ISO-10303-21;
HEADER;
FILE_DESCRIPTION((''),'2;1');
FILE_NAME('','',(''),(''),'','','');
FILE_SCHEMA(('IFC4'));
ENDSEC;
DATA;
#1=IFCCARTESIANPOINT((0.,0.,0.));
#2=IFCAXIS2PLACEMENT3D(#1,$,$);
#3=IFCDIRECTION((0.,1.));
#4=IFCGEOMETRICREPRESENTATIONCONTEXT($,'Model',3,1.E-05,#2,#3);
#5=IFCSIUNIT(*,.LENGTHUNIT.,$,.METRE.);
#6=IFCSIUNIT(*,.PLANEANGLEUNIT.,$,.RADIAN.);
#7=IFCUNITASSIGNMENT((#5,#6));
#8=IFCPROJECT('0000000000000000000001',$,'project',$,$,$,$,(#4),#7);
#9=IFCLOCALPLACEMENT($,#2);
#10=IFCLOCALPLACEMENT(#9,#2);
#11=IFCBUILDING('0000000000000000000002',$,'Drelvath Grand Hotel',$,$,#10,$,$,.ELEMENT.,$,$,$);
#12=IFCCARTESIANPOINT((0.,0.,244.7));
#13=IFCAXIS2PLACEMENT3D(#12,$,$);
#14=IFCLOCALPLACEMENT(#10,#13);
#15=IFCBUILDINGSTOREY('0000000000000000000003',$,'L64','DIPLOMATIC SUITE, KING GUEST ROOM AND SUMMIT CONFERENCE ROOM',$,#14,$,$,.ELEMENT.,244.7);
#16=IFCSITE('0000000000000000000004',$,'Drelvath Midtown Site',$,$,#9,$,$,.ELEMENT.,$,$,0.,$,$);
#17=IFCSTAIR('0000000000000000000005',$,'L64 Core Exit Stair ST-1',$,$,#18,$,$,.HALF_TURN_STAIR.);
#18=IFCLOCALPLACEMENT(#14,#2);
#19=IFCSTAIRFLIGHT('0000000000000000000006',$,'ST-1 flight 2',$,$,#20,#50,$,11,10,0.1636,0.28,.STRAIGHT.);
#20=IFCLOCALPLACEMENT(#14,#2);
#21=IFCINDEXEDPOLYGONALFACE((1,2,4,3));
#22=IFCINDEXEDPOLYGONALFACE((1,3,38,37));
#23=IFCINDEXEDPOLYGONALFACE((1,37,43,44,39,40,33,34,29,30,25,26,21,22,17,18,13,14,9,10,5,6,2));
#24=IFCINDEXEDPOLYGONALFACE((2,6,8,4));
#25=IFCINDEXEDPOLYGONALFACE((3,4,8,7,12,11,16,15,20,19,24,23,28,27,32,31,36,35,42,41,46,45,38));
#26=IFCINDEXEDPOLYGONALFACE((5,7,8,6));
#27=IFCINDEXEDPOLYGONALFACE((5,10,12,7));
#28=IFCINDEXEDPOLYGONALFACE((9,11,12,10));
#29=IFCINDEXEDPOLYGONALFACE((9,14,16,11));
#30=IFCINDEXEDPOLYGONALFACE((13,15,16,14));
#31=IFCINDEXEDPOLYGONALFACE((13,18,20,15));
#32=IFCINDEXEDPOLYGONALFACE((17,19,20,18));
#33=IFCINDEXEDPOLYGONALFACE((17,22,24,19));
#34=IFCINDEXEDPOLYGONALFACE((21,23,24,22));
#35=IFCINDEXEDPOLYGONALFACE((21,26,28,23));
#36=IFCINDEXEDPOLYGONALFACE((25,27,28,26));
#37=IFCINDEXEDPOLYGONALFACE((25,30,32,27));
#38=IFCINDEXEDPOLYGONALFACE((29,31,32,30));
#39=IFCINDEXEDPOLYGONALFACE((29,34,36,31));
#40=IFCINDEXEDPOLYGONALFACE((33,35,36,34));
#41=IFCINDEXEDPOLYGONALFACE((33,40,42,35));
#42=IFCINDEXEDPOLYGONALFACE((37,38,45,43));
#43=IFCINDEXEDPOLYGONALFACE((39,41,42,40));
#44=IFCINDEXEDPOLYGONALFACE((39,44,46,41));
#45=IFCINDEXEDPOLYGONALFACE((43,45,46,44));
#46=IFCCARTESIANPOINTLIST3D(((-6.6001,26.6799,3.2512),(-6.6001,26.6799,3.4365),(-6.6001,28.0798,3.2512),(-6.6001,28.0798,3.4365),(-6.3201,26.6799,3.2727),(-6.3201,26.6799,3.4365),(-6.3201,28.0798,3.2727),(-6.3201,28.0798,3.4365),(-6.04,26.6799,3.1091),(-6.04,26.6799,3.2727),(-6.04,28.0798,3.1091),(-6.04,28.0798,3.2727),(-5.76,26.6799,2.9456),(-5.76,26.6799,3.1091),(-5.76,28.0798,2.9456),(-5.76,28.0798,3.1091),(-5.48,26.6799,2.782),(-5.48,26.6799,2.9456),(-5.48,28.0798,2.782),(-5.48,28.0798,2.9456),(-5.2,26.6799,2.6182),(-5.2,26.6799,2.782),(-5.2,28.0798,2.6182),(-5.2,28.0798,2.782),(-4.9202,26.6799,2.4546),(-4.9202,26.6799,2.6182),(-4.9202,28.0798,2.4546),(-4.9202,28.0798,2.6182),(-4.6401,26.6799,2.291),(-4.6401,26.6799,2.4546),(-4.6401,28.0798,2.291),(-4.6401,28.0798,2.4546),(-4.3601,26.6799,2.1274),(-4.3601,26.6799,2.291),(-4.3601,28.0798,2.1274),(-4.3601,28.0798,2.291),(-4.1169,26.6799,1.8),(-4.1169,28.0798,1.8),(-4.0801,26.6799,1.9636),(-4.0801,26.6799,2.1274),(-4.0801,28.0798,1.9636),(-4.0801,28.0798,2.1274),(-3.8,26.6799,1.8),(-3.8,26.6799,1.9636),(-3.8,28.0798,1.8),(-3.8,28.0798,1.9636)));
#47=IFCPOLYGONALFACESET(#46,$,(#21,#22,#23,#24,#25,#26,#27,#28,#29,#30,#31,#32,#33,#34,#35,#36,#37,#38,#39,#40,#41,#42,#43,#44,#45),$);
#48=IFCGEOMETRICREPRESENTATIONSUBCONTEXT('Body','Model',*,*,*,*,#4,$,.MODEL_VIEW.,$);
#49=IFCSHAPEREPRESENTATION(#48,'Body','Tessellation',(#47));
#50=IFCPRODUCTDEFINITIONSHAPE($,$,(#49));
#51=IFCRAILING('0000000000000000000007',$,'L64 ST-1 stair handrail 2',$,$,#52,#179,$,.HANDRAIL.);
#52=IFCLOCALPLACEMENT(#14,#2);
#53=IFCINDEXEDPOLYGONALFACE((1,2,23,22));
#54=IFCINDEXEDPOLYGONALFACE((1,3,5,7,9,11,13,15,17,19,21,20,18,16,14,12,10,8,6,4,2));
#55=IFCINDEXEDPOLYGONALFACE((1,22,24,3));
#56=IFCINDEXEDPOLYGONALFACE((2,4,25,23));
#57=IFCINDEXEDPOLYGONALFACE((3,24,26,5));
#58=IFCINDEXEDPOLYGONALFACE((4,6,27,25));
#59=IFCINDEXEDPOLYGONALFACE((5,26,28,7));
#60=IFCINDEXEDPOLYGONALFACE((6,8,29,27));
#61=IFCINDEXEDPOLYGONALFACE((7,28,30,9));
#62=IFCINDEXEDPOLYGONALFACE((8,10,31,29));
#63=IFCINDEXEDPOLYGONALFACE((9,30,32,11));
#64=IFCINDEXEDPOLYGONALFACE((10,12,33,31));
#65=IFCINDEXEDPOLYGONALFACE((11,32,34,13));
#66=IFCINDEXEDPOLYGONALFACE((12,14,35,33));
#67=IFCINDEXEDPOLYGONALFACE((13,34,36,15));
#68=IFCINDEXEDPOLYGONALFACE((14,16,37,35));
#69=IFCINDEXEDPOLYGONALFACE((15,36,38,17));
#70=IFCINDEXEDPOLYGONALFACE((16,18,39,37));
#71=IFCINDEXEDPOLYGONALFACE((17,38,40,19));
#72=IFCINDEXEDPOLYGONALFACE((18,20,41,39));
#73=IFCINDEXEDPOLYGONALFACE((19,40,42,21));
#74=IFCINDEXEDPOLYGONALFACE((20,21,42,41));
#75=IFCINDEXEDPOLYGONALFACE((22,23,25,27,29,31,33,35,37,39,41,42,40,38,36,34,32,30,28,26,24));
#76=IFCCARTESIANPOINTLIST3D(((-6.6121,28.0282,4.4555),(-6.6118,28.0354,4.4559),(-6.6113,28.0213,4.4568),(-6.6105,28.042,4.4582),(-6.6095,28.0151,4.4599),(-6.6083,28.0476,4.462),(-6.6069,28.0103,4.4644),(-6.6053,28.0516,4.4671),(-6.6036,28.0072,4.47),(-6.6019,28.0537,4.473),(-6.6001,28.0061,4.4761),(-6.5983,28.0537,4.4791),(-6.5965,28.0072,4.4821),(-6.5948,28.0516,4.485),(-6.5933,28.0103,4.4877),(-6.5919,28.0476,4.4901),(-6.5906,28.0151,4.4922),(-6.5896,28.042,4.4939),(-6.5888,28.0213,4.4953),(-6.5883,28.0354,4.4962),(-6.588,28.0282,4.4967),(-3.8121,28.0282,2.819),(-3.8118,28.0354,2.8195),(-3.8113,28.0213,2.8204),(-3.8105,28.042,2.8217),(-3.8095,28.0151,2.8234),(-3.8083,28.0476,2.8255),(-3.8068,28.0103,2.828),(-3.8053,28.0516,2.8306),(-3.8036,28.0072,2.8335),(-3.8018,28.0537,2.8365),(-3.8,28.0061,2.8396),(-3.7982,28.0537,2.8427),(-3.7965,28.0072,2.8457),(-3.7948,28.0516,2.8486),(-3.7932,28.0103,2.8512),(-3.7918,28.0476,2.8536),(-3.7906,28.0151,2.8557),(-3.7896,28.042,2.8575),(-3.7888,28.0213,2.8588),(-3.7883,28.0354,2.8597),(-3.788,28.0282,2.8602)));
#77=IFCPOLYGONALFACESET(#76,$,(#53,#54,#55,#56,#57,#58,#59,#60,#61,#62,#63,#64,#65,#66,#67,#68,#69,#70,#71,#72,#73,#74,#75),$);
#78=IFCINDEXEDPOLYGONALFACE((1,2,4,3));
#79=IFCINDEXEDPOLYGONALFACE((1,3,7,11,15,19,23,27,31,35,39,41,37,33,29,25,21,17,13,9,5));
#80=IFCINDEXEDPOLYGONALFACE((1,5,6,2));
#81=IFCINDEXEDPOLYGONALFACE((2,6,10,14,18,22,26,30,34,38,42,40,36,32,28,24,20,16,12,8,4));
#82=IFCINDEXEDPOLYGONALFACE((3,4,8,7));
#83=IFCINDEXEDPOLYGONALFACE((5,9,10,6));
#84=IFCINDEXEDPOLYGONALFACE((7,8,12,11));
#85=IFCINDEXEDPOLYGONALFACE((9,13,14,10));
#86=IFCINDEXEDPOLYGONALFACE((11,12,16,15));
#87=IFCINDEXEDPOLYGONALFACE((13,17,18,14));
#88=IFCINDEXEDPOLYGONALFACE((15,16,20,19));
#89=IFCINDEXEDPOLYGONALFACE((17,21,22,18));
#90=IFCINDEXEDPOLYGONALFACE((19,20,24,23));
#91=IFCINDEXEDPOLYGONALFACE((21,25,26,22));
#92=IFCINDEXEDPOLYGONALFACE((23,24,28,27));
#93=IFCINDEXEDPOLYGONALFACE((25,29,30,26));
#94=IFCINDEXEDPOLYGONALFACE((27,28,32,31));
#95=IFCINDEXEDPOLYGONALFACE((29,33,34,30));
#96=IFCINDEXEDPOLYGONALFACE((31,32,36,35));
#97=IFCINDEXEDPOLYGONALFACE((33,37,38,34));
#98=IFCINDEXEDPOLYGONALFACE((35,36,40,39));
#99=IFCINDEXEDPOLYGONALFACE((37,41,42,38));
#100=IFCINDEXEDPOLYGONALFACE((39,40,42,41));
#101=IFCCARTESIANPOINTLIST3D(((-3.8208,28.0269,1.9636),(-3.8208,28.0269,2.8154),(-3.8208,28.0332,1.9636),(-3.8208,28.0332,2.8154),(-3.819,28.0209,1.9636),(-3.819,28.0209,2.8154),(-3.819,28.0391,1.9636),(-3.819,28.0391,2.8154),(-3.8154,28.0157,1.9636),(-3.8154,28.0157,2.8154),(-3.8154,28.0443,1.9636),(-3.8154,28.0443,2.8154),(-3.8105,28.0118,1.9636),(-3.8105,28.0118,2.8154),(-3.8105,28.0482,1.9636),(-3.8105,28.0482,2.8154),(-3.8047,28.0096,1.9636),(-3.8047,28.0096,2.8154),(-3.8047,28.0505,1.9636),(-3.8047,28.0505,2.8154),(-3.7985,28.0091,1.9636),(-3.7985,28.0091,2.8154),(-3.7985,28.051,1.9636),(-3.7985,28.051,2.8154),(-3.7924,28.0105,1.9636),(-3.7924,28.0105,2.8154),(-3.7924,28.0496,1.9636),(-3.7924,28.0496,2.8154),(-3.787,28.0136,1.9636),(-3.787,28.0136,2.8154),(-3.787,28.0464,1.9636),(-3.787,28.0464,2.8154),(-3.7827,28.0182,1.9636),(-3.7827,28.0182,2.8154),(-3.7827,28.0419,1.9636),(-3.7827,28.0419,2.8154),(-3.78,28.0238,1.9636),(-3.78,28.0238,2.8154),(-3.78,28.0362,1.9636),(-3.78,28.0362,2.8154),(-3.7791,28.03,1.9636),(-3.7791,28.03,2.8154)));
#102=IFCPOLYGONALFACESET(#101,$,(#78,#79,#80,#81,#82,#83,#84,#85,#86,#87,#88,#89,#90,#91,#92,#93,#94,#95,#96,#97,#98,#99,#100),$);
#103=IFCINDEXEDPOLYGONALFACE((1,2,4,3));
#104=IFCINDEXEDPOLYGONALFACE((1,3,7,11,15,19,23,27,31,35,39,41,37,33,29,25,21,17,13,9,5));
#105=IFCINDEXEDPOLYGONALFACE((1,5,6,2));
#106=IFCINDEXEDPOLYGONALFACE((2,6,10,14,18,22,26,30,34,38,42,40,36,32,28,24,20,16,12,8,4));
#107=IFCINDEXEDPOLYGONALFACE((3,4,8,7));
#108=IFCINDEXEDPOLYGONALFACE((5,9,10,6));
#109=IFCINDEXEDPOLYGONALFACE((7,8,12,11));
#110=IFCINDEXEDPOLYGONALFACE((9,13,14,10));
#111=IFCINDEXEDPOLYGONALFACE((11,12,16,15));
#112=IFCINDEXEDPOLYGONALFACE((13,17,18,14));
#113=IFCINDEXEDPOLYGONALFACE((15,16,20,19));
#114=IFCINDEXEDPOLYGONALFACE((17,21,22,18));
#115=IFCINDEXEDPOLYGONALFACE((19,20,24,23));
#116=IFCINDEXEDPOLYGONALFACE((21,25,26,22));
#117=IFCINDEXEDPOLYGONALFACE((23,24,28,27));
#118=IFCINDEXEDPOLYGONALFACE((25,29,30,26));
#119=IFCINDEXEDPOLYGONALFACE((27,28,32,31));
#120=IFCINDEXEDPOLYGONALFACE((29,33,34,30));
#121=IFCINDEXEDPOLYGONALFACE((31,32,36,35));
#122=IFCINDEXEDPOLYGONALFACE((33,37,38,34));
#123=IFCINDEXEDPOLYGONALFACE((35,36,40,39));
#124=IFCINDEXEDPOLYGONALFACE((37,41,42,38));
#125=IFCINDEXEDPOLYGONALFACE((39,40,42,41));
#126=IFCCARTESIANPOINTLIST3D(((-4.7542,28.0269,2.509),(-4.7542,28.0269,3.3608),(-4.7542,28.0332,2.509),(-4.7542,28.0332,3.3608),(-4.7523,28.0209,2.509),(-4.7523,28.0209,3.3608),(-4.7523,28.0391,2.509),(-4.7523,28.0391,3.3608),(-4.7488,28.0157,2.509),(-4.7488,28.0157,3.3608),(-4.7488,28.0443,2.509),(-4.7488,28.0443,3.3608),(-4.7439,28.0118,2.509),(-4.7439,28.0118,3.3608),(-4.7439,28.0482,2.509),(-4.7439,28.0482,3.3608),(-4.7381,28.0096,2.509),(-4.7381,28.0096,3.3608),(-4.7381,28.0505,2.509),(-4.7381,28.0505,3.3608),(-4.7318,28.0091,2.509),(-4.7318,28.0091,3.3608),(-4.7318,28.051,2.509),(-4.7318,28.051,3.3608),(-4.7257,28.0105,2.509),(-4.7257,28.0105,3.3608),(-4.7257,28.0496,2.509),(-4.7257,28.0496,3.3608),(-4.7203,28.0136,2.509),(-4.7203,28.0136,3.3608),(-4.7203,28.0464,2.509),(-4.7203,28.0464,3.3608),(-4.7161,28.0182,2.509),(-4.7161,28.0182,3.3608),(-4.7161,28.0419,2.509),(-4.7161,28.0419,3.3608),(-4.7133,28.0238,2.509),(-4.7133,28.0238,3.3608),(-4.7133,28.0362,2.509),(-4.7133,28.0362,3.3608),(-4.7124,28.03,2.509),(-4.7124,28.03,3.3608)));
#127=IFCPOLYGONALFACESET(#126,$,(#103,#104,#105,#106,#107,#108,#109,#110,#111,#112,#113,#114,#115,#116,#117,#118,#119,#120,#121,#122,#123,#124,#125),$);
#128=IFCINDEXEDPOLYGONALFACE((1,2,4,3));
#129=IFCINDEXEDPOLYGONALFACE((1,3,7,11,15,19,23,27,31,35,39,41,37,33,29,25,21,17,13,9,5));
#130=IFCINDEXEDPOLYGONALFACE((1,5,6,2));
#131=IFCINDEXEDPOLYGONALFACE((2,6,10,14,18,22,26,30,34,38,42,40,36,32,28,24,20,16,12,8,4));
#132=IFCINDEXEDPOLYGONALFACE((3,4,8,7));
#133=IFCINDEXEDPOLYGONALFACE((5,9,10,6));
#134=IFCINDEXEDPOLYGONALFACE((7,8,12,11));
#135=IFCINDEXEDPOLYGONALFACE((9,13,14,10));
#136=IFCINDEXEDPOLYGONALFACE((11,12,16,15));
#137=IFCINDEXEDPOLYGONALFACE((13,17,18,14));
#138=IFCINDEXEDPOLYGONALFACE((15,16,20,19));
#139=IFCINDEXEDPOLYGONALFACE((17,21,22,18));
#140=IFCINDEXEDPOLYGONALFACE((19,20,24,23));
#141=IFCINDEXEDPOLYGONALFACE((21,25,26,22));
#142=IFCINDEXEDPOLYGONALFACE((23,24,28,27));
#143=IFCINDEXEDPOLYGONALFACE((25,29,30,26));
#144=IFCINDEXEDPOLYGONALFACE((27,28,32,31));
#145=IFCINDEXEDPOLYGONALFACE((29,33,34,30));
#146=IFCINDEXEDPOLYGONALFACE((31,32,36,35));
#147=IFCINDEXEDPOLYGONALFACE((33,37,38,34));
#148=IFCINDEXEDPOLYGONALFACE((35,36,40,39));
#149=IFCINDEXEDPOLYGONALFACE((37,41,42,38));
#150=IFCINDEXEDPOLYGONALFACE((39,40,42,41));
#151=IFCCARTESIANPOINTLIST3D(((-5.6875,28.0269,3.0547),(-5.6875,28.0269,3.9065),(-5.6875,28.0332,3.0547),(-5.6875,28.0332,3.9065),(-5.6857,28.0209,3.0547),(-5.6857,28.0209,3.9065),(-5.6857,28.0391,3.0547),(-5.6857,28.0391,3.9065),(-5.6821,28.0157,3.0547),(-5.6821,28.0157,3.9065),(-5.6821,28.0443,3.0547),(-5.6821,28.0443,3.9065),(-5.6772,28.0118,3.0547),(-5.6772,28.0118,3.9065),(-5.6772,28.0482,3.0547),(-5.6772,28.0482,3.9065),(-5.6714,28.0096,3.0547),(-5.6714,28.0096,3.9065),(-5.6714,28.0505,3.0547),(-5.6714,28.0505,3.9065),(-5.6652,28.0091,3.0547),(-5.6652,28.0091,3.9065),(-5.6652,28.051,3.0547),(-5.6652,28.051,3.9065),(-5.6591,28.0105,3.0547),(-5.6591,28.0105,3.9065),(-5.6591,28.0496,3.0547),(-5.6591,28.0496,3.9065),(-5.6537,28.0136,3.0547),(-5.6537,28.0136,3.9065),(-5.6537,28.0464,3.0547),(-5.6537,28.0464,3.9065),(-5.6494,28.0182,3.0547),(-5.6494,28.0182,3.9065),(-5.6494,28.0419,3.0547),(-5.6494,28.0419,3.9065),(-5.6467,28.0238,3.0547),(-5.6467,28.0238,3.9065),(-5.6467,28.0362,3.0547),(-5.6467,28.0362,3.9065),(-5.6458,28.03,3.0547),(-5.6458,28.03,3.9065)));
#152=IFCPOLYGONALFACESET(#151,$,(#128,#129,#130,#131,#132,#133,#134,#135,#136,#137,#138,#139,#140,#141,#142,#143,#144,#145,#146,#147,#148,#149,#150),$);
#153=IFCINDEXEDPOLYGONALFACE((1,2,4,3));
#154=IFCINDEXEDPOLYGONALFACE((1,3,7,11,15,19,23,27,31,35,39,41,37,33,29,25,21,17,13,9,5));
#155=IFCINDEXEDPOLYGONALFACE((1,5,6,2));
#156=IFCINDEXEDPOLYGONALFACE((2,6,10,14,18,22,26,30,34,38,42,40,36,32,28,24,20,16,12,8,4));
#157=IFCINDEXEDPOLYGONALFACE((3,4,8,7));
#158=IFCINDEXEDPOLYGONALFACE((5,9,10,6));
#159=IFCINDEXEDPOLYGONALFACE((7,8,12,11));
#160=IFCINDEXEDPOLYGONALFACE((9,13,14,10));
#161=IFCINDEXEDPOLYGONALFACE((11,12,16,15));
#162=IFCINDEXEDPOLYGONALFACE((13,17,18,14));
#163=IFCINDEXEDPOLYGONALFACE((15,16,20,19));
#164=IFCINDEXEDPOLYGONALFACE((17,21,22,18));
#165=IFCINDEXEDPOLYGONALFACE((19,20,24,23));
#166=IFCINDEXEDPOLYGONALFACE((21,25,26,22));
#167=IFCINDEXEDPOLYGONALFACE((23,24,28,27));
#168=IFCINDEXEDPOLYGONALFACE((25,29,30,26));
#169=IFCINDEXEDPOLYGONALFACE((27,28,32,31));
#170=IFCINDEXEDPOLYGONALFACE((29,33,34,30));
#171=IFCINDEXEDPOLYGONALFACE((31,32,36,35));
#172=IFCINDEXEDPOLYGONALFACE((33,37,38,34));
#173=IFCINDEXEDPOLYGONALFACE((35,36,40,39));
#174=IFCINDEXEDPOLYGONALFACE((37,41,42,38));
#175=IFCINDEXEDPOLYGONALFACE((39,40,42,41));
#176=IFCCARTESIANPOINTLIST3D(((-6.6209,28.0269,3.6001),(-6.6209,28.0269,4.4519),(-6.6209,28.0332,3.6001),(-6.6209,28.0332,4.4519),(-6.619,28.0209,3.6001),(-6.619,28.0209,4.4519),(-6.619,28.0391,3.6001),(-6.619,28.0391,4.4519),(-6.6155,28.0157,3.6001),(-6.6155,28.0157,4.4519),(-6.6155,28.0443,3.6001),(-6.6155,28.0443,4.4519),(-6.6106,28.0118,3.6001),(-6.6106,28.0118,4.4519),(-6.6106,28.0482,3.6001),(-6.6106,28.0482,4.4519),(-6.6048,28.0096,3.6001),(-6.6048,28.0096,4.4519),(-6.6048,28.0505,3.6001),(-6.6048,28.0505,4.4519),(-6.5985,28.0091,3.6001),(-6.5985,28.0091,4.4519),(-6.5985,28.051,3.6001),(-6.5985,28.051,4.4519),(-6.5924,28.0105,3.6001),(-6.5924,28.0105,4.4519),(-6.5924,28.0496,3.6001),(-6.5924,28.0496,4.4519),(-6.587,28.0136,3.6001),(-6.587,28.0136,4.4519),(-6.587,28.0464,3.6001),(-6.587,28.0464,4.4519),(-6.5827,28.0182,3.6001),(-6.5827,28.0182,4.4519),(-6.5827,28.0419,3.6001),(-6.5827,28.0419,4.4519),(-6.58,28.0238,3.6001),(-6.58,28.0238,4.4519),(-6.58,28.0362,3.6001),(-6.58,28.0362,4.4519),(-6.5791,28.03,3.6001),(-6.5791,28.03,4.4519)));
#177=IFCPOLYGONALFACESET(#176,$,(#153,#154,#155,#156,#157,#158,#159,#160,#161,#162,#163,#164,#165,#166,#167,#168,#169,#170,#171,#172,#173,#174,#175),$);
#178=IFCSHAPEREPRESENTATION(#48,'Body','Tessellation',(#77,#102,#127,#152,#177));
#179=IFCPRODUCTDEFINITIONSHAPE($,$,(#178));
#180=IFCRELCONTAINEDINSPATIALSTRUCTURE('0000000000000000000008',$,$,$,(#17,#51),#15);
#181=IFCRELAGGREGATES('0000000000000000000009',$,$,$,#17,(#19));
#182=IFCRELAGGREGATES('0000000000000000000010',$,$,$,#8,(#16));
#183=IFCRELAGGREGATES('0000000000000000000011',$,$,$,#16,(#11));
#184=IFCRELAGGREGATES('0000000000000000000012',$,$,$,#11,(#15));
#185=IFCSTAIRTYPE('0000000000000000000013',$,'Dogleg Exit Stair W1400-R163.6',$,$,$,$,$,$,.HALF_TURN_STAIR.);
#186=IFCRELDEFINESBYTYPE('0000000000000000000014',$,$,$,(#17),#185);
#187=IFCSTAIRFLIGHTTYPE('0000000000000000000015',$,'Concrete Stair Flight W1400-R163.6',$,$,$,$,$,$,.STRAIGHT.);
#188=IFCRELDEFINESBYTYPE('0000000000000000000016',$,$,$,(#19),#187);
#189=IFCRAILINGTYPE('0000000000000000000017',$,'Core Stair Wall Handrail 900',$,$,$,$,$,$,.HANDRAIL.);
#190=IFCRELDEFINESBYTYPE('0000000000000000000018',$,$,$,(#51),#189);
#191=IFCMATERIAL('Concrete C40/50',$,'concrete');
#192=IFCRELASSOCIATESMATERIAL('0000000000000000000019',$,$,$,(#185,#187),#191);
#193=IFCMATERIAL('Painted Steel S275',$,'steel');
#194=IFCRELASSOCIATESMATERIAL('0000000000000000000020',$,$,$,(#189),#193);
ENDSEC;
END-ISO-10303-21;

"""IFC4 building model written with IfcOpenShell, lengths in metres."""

from ifc_helpers import new_model, si_unit, direction, frame, origin, origin_2d, place, context, subcontext, project, spatial, polyline, circle, outline, extrude, material, type_object, element, aggregate, save


model = new_model("IFC4")

# Units and contexts
model_context = context("Model", 3, precision=1e-05, world=origin(), true_north=direction((0.0, 1.0)))
body_context = subcontext(model_context, "Body", "Model", "MODEL_VIEW")
ifc_project = project(units=[si_unit("LENGTHUNIT", "METRE"), si_unit("PLANEANGLEUNIT", "RADIAN")], contexts=[model_context])

# Site, building, storey
site_placement = place(None, origin())
site = spatial("IfcSite", under=ifc_project, at=site_placement, Name="Drelvath Midtown Site", CompositionType="ELEMENT", RefElevation=0.0)
building_placement = place(site_placement, origin())
building = spatial("IfcBuilding", under=site, at=building_placement, Name="Drelvath Grand Hotel", CompositionType="ELEMENT")
storey_placement = place(building_placement, frame((0.0, 0.0, 244.7)))
storey = spatial("IfcBuildingStorey", under=building, at=storey_placement, Name="L64", Description="DIPLOMATIC SUITE, KING GUEST ROOM AND SUMMIT CONFERENCE ROOM", CompositionType="ELEMENT", Elevation=244.7)

# Shared definitions
ifc_material_1 = material(Name="Painted Steel S275", Category="steel")

# Shared definitions
ifc_material_2 = material(Name="Concrete C40/50", Category="concrete")

# Stair, stair flight
stair_type = type_object("IfcStairType", Name="Dogleg Exit Stair W1400-R163.6", PredefinedType="HALF_TURN_STAIR", material=ifc_material_2)
stair_placement = place(storey_placement, origin())
stair = element("IfcStair", 1, at=stair_placement, inside=storey, type_object=stair_type, Name="L64 Core Exit Stair ST-1", PredefinedType="HALF_TURN_STAIR")
stair_flight_type = type_object("IfcStairFlightType", Name="Concrete Stair Flight W1400-R163.6", PredefinedType="STRAIGHT", material=ifc_material_2)
stair_flight_placement = place(storey_placement, frame((-3.8, 27.3799, 1.8), z_axis=(0.0, 0.0, 1.0), x_axis=(-1.0, 0.0, 0.0)))
stair_flight = element("IfcStairFlight", 2, at=stair_flight_placement, type_object=stair_flight_type, Name="ST-1 flight 2", NumberOfRisers=11, NumberOfTreads=10, PredefinedType="STRAIGHT", RiserHeight=0.1636, TreadLength=0.28, context=body_context, shape_type="SweptSolid", body=[
    extrude(outline(polyline([(0.0, 0.0), (0.0, 0.1636), (0.28, 0.1636), (0.28, 0.3274), (0.5601, 0.3274), (0.5601, 0.491), (0.8401, 0.491), (0.8401, 0.6545), (1.1201, 0.6545), (1.1201, 0.8181), (1.3999, 0.8181), (1.3999, 0.9819), (1.6799, 0.9819), (1.6799, 1.1455), (1.96, 1.1455), (1.96, 1.3091), (2.24, 1.3091), (2.24, 1.4727), (2.52, 1.4727), (2.52, 1.6365), (2.8, 1.6365), (2.8, 1.8), (2.8, 1.4512), (0.3169, 0.0), (0.0, 0.0)])), frame((0.0, 0.7, 0.0), z_axis=(0.0, -1.0, 0.0), x_axis=(1.0, 0.0, 0.0)), (0.0, 0.0, 1.0), 1.3999),
])
aggregate(stair, [stair_flight])

# Railing
railing_type = type_object("IfcRailingType", Name="Core Stair Wall Handrail 900", PredefinedType="HANDRAIL", material=ifc_material_1)
railing_placement = place(storey_placement, frame((-3.8, 28.03, 1.9636)))
element("IfcRailing", 3, at=railing_placement, inside=storey, type_object=railing_type, Name="L64 ST-1 stair handrail 2", PredefinedType="HANDRAIL", context=body_context, shape_type="SweptSolid", body=[
    extrude(circle(Radius=0.0239, at=origin_2d()), frame((0.0, 0.0, 0.876), z_axis=(-0.863361, 0.0, 0.504587), x_axis=(0.0, -1.0, 0.0)), (0.0, 0.0, 1.0), 3.2432),
    extrude(circle(Radius=0.021, at=origin_2d()), origin(), (0.0, 0.0, 1.0), 0.8518),
    extrude(circle(Radius=0.021, at=origin_2d()), frame((-0.9333, 0.0, 0.5454)), (0.0, 0.0, 1.0), 0.8518),
    extrude(circle(Radius=0.021, at=origin_2d()), frame((-1.8667, 0.0, 1.0911)), (0.0, 0.0, 1.0), 0.8518),
    extrude(circle(Radius=0.021, at=origin_2d()), frame((-2.8, 0.0, 1.6365)), (0.0, 0.0, 1.0), 0.8518),
])

save(model, "model.ifc")
